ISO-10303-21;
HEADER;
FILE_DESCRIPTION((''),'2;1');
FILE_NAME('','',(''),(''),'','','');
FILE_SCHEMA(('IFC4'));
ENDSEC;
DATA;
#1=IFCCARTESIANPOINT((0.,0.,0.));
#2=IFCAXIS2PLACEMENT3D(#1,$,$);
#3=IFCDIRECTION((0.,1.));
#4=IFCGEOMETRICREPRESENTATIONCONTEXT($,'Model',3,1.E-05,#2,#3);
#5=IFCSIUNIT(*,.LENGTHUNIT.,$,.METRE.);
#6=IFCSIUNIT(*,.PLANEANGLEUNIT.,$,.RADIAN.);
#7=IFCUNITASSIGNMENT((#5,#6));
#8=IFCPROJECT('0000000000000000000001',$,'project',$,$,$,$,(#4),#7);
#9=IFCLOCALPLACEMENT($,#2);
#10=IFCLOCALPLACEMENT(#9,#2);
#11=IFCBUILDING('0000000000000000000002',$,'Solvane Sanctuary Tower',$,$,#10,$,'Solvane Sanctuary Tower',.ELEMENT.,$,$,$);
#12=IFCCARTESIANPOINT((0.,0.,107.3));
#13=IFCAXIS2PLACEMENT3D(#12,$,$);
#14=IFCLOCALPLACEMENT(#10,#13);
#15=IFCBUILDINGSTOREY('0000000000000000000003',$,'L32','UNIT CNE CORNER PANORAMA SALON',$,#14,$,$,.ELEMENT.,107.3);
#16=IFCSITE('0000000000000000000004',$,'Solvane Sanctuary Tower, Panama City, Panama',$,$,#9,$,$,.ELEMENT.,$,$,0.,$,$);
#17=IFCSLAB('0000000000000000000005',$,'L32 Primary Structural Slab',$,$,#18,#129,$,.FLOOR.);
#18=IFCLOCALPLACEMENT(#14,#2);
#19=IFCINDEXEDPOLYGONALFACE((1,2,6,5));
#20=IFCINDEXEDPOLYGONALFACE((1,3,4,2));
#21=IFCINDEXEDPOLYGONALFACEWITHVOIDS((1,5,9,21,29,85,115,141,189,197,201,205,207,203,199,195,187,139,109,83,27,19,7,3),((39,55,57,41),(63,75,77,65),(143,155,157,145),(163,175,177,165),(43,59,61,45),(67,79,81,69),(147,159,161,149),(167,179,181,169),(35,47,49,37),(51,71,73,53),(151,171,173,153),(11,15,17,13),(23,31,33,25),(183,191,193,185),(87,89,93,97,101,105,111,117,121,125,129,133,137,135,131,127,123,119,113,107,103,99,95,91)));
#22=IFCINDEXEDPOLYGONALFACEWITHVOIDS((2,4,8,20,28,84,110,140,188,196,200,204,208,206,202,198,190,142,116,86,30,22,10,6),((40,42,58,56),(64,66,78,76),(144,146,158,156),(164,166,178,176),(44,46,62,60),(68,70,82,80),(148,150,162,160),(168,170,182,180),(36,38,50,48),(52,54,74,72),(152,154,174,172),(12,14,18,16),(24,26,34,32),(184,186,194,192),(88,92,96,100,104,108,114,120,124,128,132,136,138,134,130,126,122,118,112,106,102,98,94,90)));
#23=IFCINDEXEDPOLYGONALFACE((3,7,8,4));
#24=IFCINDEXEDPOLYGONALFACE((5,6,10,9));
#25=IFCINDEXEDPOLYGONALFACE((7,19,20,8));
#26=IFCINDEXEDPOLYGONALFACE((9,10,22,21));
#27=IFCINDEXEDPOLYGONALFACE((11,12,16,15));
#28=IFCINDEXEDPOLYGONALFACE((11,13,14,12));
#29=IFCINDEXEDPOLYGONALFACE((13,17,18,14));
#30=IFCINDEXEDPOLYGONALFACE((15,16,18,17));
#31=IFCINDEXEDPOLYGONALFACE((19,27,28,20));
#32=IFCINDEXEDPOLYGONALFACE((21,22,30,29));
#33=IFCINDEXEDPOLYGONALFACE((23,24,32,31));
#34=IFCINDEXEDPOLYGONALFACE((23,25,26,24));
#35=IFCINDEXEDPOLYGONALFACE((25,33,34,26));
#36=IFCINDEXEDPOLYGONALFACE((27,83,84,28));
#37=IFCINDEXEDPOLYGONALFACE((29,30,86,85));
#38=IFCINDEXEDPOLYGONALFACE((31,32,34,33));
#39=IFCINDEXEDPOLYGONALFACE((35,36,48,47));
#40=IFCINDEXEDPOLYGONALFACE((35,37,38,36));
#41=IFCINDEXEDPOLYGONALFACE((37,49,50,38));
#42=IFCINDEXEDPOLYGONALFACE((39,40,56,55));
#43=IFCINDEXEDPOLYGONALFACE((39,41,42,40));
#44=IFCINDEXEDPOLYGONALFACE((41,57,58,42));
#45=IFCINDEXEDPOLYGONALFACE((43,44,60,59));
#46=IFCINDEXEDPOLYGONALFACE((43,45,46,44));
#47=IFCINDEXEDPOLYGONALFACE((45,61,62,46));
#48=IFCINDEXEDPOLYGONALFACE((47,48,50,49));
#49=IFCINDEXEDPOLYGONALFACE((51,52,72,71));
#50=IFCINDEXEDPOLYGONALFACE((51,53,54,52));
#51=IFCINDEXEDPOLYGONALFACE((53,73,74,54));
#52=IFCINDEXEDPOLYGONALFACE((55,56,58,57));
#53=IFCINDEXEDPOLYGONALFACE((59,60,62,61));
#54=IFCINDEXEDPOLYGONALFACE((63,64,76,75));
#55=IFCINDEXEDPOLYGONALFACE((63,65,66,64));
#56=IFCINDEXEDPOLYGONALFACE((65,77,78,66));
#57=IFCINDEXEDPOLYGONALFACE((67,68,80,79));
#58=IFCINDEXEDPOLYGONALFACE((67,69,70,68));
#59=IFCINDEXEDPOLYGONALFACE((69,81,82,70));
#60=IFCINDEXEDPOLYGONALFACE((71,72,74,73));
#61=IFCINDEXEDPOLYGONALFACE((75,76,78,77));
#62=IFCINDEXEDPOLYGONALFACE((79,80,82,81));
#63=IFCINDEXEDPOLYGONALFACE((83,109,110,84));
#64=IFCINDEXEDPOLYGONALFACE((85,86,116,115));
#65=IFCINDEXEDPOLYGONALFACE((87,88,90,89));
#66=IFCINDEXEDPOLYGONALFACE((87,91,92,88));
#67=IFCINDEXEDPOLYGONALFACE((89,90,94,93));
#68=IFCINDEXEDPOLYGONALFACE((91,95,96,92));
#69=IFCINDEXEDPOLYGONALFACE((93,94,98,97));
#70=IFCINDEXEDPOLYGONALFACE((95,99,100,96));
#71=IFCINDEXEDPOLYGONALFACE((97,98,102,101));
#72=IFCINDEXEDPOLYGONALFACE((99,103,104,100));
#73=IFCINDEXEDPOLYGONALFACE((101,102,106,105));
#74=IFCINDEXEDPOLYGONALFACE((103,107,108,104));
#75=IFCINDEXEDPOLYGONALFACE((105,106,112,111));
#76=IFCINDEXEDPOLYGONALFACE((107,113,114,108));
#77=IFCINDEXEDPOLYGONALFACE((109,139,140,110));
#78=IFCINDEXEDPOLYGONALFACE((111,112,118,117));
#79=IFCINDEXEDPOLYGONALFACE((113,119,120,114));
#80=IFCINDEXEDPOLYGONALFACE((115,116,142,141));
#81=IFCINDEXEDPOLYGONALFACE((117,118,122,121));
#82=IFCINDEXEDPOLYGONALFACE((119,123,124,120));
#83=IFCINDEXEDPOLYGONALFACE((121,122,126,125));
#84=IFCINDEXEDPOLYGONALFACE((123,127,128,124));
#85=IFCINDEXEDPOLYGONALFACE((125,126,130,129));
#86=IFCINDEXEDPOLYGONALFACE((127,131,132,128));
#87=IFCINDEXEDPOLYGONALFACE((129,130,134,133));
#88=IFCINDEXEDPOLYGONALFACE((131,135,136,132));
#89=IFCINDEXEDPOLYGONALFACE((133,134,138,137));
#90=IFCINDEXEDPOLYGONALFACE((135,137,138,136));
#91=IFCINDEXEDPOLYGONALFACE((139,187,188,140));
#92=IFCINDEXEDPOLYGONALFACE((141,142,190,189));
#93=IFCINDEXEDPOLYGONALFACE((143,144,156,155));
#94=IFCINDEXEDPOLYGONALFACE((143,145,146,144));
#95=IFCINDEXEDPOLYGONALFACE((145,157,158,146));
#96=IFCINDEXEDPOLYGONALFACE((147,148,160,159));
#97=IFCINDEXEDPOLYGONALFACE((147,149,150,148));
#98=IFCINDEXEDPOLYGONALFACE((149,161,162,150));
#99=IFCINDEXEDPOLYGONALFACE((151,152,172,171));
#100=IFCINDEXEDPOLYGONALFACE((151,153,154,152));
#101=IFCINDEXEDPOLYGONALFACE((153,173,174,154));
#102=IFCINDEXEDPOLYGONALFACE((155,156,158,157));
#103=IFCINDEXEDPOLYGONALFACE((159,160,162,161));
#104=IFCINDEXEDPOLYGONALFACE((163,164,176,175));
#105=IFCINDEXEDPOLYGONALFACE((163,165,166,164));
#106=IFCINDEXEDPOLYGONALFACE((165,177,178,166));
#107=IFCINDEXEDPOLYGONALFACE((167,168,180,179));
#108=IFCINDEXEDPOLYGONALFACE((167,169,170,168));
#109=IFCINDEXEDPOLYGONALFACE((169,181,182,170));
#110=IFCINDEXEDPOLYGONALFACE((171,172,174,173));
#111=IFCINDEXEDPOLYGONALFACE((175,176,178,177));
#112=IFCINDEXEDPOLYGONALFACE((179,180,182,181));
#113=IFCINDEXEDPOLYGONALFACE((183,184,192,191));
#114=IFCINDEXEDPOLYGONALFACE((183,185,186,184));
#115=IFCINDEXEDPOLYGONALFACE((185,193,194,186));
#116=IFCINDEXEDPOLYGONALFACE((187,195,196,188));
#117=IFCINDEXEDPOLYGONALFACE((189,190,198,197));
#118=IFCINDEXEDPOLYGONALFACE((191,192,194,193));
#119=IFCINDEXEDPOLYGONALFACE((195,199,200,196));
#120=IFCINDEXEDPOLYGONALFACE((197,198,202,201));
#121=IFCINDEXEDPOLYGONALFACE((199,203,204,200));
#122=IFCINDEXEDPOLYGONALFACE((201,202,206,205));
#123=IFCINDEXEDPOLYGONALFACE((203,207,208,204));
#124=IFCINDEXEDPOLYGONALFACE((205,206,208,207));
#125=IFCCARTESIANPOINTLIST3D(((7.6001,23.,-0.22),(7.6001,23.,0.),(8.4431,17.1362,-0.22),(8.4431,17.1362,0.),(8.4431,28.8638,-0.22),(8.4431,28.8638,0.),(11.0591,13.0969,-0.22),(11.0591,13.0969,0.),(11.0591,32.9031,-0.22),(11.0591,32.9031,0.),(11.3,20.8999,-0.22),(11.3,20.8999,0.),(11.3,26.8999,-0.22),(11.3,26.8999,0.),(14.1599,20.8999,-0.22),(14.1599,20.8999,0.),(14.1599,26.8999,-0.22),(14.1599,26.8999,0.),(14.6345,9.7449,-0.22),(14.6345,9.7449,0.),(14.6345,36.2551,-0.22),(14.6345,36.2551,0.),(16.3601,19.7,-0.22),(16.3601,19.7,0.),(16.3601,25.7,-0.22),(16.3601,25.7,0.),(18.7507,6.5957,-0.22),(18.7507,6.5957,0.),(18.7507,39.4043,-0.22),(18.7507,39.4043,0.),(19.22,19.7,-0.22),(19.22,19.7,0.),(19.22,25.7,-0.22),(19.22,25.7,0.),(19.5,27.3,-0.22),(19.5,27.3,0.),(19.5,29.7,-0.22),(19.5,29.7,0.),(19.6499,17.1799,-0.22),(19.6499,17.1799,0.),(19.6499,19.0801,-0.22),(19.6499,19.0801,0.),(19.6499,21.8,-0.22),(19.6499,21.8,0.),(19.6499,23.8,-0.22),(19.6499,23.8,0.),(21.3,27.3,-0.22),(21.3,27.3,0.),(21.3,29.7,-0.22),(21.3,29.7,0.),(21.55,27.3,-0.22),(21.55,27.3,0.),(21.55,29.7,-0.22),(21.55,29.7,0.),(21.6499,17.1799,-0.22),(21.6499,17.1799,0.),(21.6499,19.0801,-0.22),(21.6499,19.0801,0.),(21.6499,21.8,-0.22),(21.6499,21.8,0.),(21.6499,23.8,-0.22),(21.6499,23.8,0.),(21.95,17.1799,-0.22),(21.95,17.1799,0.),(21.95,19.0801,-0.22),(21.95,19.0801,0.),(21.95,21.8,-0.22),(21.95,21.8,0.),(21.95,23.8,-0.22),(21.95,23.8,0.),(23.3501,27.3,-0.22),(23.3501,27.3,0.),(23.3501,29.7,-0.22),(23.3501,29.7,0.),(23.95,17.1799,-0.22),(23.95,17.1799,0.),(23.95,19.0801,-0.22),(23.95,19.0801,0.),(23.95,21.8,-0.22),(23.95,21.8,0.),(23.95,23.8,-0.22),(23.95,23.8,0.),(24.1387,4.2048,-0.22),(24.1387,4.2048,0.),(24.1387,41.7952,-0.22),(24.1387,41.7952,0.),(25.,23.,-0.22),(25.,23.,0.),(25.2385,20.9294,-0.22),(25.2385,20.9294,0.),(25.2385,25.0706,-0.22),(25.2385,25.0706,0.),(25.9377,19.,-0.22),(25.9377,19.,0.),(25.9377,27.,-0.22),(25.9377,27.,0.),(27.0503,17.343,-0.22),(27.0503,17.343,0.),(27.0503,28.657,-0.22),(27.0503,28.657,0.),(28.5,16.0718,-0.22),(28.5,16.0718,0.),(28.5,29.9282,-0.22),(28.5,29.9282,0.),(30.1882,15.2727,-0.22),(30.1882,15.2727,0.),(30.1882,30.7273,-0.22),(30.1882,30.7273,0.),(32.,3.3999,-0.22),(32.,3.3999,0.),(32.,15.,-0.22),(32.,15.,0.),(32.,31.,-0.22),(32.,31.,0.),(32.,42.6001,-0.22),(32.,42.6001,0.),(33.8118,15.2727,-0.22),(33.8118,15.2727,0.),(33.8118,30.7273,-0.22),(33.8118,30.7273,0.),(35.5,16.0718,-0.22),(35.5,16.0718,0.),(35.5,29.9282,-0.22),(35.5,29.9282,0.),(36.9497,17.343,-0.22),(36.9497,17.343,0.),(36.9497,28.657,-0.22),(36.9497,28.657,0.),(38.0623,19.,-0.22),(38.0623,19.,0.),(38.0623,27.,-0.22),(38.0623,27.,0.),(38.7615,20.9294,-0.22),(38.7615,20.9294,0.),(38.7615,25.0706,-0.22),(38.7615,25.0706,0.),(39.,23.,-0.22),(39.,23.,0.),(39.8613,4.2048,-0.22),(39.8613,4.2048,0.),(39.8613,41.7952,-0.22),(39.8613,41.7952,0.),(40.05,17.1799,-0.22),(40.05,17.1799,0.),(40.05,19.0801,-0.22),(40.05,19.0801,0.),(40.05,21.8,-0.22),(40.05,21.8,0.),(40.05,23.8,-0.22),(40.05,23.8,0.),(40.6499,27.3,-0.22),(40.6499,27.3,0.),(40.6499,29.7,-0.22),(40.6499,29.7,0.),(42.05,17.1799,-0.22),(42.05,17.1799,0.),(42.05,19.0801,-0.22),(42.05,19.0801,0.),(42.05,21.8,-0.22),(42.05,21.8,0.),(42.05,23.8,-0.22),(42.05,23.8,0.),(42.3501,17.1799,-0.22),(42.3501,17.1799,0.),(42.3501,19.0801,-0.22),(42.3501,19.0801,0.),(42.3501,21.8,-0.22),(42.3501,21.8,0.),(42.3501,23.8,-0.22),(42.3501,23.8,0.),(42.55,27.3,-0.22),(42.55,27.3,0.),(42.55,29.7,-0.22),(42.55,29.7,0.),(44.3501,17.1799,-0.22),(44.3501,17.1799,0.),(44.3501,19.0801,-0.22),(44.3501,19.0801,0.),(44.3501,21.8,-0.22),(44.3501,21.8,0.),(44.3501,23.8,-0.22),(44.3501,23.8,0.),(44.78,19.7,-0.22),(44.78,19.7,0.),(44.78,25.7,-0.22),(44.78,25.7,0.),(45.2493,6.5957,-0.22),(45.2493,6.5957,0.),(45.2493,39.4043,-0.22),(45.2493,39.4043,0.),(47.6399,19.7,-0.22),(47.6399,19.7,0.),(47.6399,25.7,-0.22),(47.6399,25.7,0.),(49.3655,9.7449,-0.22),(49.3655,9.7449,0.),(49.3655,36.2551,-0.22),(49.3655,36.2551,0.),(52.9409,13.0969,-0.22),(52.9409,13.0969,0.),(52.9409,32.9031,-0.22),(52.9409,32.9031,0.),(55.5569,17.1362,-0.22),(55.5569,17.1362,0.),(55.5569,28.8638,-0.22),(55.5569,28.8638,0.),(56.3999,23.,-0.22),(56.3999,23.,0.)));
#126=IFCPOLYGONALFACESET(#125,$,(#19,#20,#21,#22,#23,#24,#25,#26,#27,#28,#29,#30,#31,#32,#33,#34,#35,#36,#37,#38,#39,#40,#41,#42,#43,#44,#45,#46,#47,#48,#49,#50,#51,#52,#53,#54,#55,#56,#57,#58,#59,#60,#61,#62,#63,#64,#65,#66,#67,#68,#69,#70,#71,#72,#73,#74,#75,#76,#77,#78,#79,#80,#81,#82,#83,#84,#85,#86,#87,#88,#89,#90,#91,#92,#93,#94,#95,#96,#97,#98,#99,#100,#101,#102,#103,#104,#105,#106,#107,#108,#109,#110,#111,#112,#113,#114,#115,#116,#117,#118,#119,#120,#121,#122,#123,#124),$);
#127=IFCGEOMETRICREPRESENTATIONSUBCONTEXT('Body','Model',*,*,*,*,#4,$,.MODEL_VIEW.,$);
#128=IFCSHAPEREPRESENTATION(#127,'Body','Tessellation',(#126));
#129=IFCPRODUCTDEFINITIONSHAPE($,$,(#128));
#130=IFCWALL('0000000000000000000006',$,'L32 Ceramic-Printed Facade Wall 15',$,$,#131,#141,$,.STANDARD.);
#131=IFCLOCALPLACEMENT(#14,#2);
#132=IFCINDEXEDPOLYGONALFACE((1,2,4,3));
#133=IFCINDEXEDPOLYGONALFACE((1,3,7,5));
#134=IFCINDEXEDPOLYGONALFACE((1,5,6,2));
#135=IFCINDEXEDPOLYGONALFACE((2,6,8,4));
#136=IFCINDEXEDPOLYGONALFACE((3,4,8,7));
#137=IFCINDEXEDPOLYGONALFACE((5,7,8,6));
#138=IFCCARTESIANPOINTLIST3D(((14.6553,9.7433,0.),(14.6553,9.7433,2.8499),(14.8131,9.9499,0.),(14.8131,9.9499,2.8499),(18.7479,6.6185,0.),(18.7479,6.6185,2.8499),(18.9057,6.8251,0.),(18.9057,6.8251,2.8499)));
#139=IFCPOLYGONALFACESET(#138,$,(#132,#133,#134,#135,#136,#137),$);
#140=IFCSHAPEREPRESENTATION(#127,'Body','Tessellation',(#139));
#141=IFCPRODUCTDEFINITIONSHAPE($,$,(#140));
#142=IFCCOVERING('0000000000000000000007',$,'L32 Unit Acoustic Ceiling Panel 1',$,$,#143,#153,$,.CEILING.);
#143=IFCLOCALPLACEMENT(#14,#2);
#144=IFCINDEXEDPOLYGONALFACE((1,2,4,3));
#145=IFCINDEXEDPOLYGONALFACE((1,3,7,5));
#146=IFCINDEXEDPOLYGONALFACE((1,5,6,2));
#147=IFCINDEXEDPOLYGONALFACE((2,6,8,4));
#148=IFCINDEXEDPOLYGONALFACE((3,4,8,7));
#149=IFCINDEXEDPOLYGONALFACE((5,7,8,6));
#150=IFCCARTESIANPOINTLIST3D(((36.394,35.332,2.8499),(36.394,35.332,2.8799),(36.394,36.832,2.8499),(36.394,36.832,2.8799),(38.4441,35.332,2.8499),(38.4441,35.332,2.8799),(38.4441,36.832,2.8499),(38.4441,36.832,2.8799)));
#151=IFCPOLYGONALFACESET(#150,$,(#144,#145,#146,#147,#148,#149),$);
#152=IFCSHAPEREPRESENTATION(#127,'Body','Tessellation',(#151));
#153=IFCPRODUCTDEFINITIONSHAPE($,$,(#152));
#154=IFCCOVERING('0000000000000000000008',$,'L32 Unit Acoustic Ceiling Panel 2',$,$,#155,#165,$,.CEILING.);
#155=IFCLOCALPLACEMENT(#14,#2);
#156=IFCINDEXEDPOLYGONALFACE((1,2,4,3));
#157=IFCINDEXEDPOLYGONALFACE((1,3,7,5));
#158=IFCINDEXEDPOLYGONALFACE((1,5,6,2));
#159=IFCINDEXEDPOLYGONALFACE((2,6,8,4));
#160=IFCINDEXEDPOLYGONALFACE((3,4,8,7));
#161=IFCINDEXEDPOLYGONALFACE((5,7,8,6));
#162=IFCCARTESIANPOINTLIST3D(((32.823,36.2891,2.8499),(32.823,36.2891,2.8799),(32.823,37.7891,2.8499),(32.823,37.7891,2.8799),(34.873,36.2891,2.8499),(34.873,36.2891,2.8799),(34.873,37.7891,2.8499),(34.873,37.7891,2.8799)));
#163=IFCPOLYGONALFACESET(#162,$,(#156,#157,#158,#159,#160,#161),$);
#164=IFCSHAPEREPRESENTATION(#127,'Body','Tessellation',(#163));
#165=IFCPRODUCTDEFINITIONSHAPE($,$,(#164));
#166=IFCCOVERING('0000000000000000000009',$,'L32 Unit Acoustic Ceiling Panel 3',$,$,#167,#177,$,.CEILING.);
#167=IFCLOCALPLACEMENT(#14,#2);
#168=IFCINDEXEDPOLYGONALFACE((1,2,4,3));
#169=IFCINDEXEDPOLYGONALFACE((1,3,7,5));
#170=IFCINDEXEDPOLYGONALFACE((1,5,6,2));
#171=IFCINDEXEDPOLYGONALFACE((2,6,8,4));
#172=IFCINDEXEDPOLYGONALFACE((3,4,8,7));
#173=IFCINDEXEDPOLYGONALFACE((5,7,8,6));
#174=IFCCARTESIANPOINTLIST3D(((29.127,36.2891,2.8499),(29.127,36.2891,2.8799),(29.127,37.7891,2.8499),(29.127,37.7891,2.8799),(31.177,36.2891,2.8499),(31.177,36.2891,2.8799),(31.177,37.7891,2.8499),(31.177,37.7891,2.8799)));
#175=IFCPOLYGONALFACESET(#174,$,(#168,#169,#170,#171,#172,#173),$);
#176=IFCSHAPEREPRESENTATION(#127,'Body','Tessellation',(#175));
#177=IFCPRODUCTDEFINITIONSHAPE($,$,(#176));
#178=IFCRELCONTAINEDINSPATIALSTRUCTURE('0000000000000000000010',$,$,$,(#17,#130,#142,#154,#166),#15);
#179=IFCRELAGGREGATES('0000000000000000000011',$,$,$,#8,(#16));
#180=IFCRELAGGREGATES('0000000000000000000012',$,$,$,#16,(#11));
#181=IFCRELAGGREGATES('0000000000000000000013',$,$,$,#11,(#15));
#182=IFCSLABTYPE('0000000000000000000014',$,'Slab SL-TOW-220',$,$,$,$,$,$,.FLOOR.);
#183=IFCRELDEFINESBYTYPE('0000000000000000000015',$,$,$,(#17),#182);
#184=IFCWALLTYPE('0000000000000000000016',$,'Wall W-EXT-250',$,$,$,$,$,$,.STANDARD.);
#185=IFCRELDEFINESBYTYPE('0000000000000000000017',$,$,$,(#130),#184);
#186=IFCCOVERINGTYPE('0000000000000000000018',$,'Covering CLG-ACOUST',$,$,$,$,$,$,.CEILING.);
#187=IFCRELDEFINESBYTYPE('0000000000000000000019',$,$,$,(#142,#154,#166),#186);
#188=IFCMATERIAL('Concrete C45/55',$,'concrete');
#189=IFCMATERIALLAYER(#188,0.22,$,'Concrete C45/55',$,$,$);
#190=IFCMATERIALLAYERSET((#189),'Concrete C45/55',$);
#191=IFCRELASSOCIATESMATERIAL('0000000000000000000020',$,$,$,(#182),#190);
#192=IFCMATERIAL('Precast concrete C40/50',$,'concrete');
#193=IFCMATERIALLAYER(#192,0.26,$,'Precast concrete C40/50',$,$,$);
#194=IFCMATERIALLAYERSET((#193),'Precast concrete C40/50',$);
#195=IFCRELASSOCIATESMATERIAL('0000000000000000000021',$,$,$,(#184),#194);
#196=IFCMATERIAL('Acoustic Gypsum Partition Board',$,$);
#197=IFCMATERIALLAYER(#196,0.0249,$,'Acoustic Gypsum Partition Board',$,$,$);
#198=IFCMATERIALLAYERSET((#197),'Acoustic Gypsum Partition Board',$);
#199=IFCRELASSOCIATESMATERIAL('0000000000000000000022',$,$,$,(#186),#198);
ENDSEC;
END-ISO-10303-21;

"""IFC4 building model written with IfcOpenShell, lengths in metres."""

from ifc_helpers import new_model, si_unit, direction, frame, frame_2d, origin, place, context, subcontext, project, spatial, polyline, rectangle, outline, extrude, material, layer, layer_set, type_object, element, save


model = new_model("IFC4")

# Units and contexts
model_context = context("Model", 3, precision=1e-05, world=origin(), true_north=direction((0.0, 1.0)))
body_context = subcontext(model_context, "Body", "Model", "MODEL_VIEW")
ifc_project = project(units=[si_unit("LENGTHUNIT", "METRE"), si_unit("PLANEANGLEUNIT", "RADIAN")], contexts=[model_context])

# Site, building, storey
site_placement = place(None, origin())
site = spatial("IfcSite", under=ifc_project, at=site_placement, Name="Solvane Sanctuary Tower, Panama City, Panama", CompositionType="ELEMENT", RefElevation=0.0)
building_placement = place(site_placement, origin())
building = spatial("IfcBuilding", under=site, at=building_placement, Name="Solvane Sanctuary Tower", LongName="Solvane Sanctuary Tower", CompositionType="ELEMENT")
storey_placement = place(building_placement, frame((0.0, 0.0, 107.3)))
storey = spatial("IfcBuildingStorey", under=building, at=storey_placement, Name="L32", Description="UNIT CNE CORNER PANORAMA SALON", CompositionType="ELEMENT", Elevation=107.3)

# Shared definitions
ifc_material_1 = material(Name="Precast concrete C40/50", Category="concrete")

# Shared definitions
ifc_material_2 = material(Name="Concrete C45/55", Category="concrete")

# Slab
ifc_layer_1 = layer(ifc_material_2, 0.22, Name="Concrete C45/55")
ifc_layer_set_1 = layer_set([ifc_layer_1], Name="Concrete C45/55")
slab_type_1 = type_object("IfcSlabType", Name="Slab SL-TOW-220", PredefinedType="FLOOR", material=ifc_layer_set_1)
slab_1_placement = place(storey_placement, frame((0.0, 0.0, -0.22)))
element("IfcSlab", 1, at=slab_1_placement, inside=storey, type_object=slab_type_1, Name="L32 Primary Structural Slab", PredefinedType="FLOOR", context=body_context, shape_type="SweptSolid", body=[
    extrude(outline(polyline([(56.3999, 23.0), (55.5569, 28.8638), (52.9409, 32.9031), (49.3655, 36.2551), (45.2493, 39.4043), (39.8613, 41.7952), (32.0, 42.6001), (24.1387, 41.7952), (18.7507, 39.4043), (14.6345, 36.2551), (11.0591, 32.9031), (8.4431, 28.8638), (7.6001, 23.0), (8.4431, 17.1362), (11.0591, 13.0969), (14.6345, 9.7449), (18.7507, 6.5957), (24.1387, 4.2048), (32.0, 3.3999), (39.8613, 4.2048), (45.2493, 6.5957), (49.3655, 9.7449), (52.9409, 13.0969), (55.5569, 17.1362), (56.3999, 23.0)]), holes=[polyline([(38.7615, 20.9294), (38.0623, 19.0), (36.9497, 17.343), (35.5, 16.0718), (33.8118, 15.2727), (32.0, 15.0), (30.1882, 15.2727), (28.5, 16.0718), (27.0503, 17.343), (25.9377, 19.0), (25.2385, 20.9294), (25.0, 23.0), (25.2385, 25.0706), (25.9377, 27.0), (27.0503, 28.657), (28.5, 29.9282), (30.1882, 30.7273), (32.0, 31.0), (33.8118, 30.7273), (35.5, 29.9282), (36.9497, 28.657), (38.0623, 27.0), (38.7615, 25.0706), (39.0, 23.0), (38.7615, 20.9294)]), polyline([(16.3601, 19.7), (16.3601, 25.7), (19.22, 25.7), (19.22, 19.7), (16.3601, 19.7)]), polyline([(44.78, 19.7), (44.78, 25.7), (47.6399, 25.7), (47.6399, 19.7), (44.78, 19.7)]), polyline([(11.3, 20.8999), (11.3, 26.8999), (14.1599, 26.8999), (14.1599, 20.8999), (11.3, 20.8999)]), polyline([(19.6499, 19.0801), (21.6499, 19.0801), (21.6499, 17.1799), (19.6499, 17.1799), (19.6499, 19.0801)]), polyline([(21.95, 19.0801), (23.95, 19.0801), (23.95, 17.1799), (21.95, 17.1799), (21.95, 19.0801)]), polyline([(40.05, 19.0801), (42.05, 19.0801), (42.05, 17.1799), (40.05, 17.1799), (40.05, 19.0801)]), polyline([(42.3501, 19.0801), (44.3501, 19.0801), (44.3501, 17.1799), (42.3501, 17.1799), (42.3501, 19.0801)]), polyline([(19.6499, 23.8), (21.6499, 23.8), (21.6499, 21.8), (19.6499, 21.8), (19.6499, 23.8)]), polyline([(42.3501, 23.8), (44.3501, 23.8), (44.3501, 21.8), (42.3501, 21.8), (42.3501, 23.8)]), polyline([(21.95, 23.8), (23.95, 23.8), (23.95, 21.8), (21.95, 21.8), (21.95, 23.8)]), polyline([(40.05, 23.8), (42.05, 23.8), (42.05, 21.8), (40.05, 21.8), (40.05, 23.8)]), polyline([(19.5, 29.7), (21.3, 29.7), (21.3, 27.3), (19.5, 27.3), (19.5, 29.7)]), polyline([(21.55, 29.7), (23.3501, 29.7), (23.3501, 27.3), (21.55, 27.3), (21.55, 29.7)]), polyline([(40.6499, 29.7), (42.55, 29.7), (42.55, 27.3), (40.6499, 27.3), (40.6499, 29.7)])]), origin(), (0.0, 0.0, 1.0), 0.22),
])

# Wall
ifc_layer_2 = layer(ifc_material_1, 0.26, Name="Precast concrete C40/50")
ifc_layer_set_2 = layer_set([ifc_layer_2], Name="Precast concrete C40/50")
wall_type = type_object("IfcWallType", Name="Wall W-EXT-250", PredefinedType="STANDARD", material=ifc_layer_set_2)
wall_placement = place(storey_placement, frame((14.7341, 9.8467, 0.0), z_axis=(0.0, 0.0, 1.0), x_axis=(0.79481, -0.606859, 0.0)))
element("IfcWall", 2, at=wall_placement, inside=storey, type_object=wall_type, Name="L32 Ceramic-Printed Facade Wall 15", PredefinedType="STANDARD", context=body_context, shape_type="SweptSolid", body=[
    extrude(rectangle(XDim=5.1492, YDim=0.26, at=frame_2d((2.5747, 0.0))), origin(), (0.0, 0.0, 1.0), 2.8499),
])

# Coverings
ifc_material_3 = material(Name="Acoustic Gypsum Partition Board")
ifc_layer_3 = layer(ifc_material_3, 0.0249, Name="Acoustic Gypsum Partition Board")
ifc_layer_set_3 = layer_set([ifc_layer_3], Name="Acoustic Gypsum Partition Board")
covering_type_1 = type_object("IfcCoveringType", Name="Covering CLG-ACOUST", PredefinedType="CEILING", material=ifc_layer_set_3)
covering_1_placement = place(storey_placement, frame((0.0, 0.0, 2.8499)))
element("IfcCovering", 3, at=covering_1_placement, inside=storey, type_object=covering_type_1, Name="L32 Unit Acoustic Ceiling Panel 1", PredefinedType="CEILING", context=body_context, shape_type="SweptSolid", body=[
    extrude(outline(polyline([(36.394, 35.332), (38.4441, 35.332), (38.4441, 36.832), (36.394, 36.832), (36.394, 35.332)])), origin(), (0.0, 0.0, 1.0), 0.03),
])
covering_2_placement = place(storey_placement, frame((0.0, 0.0, 2.8499)))
element("IfcCovering", 4, at=covering_2_placement, inside=storey, type_object=covering_type_1, Name="L32 Unit Acoustic Ceiling Panel 2", PredefinedType="CEILING", context=body_context, shape_type="SweptSolid", body=[
    extrude(outline(polyline([(32.823, 36.2891), (34.873, 36.2891), (34.873, 37.7891), (32.823, 37.7891), (32.823, 36.2891)])), origin(), (0.0, 0.0, 1.0), 0.03),
])
covering_3_placement = place(storey_placement, frame((0.0, 0.0, 2.8499)))
element("IfcCovering", 5, at=covering_3_placement, inside=storey, type_object=covering_type_1, Name="L32 Unit Acoustic Ceiling Panel 3", PredefinedType="CEILING", context=body_context, shape_type="SweptSolid", body=[
    extrude(outline(polyline([(29.127, 36.2891), (31.177, 36.2891), (31.177, 37.7891), (29.127, 37.7891), (29.127, 36.2891)])), origin(), (0.0, 0.0, 1.0), 0.03),
])

save(model, "model.ifc")
